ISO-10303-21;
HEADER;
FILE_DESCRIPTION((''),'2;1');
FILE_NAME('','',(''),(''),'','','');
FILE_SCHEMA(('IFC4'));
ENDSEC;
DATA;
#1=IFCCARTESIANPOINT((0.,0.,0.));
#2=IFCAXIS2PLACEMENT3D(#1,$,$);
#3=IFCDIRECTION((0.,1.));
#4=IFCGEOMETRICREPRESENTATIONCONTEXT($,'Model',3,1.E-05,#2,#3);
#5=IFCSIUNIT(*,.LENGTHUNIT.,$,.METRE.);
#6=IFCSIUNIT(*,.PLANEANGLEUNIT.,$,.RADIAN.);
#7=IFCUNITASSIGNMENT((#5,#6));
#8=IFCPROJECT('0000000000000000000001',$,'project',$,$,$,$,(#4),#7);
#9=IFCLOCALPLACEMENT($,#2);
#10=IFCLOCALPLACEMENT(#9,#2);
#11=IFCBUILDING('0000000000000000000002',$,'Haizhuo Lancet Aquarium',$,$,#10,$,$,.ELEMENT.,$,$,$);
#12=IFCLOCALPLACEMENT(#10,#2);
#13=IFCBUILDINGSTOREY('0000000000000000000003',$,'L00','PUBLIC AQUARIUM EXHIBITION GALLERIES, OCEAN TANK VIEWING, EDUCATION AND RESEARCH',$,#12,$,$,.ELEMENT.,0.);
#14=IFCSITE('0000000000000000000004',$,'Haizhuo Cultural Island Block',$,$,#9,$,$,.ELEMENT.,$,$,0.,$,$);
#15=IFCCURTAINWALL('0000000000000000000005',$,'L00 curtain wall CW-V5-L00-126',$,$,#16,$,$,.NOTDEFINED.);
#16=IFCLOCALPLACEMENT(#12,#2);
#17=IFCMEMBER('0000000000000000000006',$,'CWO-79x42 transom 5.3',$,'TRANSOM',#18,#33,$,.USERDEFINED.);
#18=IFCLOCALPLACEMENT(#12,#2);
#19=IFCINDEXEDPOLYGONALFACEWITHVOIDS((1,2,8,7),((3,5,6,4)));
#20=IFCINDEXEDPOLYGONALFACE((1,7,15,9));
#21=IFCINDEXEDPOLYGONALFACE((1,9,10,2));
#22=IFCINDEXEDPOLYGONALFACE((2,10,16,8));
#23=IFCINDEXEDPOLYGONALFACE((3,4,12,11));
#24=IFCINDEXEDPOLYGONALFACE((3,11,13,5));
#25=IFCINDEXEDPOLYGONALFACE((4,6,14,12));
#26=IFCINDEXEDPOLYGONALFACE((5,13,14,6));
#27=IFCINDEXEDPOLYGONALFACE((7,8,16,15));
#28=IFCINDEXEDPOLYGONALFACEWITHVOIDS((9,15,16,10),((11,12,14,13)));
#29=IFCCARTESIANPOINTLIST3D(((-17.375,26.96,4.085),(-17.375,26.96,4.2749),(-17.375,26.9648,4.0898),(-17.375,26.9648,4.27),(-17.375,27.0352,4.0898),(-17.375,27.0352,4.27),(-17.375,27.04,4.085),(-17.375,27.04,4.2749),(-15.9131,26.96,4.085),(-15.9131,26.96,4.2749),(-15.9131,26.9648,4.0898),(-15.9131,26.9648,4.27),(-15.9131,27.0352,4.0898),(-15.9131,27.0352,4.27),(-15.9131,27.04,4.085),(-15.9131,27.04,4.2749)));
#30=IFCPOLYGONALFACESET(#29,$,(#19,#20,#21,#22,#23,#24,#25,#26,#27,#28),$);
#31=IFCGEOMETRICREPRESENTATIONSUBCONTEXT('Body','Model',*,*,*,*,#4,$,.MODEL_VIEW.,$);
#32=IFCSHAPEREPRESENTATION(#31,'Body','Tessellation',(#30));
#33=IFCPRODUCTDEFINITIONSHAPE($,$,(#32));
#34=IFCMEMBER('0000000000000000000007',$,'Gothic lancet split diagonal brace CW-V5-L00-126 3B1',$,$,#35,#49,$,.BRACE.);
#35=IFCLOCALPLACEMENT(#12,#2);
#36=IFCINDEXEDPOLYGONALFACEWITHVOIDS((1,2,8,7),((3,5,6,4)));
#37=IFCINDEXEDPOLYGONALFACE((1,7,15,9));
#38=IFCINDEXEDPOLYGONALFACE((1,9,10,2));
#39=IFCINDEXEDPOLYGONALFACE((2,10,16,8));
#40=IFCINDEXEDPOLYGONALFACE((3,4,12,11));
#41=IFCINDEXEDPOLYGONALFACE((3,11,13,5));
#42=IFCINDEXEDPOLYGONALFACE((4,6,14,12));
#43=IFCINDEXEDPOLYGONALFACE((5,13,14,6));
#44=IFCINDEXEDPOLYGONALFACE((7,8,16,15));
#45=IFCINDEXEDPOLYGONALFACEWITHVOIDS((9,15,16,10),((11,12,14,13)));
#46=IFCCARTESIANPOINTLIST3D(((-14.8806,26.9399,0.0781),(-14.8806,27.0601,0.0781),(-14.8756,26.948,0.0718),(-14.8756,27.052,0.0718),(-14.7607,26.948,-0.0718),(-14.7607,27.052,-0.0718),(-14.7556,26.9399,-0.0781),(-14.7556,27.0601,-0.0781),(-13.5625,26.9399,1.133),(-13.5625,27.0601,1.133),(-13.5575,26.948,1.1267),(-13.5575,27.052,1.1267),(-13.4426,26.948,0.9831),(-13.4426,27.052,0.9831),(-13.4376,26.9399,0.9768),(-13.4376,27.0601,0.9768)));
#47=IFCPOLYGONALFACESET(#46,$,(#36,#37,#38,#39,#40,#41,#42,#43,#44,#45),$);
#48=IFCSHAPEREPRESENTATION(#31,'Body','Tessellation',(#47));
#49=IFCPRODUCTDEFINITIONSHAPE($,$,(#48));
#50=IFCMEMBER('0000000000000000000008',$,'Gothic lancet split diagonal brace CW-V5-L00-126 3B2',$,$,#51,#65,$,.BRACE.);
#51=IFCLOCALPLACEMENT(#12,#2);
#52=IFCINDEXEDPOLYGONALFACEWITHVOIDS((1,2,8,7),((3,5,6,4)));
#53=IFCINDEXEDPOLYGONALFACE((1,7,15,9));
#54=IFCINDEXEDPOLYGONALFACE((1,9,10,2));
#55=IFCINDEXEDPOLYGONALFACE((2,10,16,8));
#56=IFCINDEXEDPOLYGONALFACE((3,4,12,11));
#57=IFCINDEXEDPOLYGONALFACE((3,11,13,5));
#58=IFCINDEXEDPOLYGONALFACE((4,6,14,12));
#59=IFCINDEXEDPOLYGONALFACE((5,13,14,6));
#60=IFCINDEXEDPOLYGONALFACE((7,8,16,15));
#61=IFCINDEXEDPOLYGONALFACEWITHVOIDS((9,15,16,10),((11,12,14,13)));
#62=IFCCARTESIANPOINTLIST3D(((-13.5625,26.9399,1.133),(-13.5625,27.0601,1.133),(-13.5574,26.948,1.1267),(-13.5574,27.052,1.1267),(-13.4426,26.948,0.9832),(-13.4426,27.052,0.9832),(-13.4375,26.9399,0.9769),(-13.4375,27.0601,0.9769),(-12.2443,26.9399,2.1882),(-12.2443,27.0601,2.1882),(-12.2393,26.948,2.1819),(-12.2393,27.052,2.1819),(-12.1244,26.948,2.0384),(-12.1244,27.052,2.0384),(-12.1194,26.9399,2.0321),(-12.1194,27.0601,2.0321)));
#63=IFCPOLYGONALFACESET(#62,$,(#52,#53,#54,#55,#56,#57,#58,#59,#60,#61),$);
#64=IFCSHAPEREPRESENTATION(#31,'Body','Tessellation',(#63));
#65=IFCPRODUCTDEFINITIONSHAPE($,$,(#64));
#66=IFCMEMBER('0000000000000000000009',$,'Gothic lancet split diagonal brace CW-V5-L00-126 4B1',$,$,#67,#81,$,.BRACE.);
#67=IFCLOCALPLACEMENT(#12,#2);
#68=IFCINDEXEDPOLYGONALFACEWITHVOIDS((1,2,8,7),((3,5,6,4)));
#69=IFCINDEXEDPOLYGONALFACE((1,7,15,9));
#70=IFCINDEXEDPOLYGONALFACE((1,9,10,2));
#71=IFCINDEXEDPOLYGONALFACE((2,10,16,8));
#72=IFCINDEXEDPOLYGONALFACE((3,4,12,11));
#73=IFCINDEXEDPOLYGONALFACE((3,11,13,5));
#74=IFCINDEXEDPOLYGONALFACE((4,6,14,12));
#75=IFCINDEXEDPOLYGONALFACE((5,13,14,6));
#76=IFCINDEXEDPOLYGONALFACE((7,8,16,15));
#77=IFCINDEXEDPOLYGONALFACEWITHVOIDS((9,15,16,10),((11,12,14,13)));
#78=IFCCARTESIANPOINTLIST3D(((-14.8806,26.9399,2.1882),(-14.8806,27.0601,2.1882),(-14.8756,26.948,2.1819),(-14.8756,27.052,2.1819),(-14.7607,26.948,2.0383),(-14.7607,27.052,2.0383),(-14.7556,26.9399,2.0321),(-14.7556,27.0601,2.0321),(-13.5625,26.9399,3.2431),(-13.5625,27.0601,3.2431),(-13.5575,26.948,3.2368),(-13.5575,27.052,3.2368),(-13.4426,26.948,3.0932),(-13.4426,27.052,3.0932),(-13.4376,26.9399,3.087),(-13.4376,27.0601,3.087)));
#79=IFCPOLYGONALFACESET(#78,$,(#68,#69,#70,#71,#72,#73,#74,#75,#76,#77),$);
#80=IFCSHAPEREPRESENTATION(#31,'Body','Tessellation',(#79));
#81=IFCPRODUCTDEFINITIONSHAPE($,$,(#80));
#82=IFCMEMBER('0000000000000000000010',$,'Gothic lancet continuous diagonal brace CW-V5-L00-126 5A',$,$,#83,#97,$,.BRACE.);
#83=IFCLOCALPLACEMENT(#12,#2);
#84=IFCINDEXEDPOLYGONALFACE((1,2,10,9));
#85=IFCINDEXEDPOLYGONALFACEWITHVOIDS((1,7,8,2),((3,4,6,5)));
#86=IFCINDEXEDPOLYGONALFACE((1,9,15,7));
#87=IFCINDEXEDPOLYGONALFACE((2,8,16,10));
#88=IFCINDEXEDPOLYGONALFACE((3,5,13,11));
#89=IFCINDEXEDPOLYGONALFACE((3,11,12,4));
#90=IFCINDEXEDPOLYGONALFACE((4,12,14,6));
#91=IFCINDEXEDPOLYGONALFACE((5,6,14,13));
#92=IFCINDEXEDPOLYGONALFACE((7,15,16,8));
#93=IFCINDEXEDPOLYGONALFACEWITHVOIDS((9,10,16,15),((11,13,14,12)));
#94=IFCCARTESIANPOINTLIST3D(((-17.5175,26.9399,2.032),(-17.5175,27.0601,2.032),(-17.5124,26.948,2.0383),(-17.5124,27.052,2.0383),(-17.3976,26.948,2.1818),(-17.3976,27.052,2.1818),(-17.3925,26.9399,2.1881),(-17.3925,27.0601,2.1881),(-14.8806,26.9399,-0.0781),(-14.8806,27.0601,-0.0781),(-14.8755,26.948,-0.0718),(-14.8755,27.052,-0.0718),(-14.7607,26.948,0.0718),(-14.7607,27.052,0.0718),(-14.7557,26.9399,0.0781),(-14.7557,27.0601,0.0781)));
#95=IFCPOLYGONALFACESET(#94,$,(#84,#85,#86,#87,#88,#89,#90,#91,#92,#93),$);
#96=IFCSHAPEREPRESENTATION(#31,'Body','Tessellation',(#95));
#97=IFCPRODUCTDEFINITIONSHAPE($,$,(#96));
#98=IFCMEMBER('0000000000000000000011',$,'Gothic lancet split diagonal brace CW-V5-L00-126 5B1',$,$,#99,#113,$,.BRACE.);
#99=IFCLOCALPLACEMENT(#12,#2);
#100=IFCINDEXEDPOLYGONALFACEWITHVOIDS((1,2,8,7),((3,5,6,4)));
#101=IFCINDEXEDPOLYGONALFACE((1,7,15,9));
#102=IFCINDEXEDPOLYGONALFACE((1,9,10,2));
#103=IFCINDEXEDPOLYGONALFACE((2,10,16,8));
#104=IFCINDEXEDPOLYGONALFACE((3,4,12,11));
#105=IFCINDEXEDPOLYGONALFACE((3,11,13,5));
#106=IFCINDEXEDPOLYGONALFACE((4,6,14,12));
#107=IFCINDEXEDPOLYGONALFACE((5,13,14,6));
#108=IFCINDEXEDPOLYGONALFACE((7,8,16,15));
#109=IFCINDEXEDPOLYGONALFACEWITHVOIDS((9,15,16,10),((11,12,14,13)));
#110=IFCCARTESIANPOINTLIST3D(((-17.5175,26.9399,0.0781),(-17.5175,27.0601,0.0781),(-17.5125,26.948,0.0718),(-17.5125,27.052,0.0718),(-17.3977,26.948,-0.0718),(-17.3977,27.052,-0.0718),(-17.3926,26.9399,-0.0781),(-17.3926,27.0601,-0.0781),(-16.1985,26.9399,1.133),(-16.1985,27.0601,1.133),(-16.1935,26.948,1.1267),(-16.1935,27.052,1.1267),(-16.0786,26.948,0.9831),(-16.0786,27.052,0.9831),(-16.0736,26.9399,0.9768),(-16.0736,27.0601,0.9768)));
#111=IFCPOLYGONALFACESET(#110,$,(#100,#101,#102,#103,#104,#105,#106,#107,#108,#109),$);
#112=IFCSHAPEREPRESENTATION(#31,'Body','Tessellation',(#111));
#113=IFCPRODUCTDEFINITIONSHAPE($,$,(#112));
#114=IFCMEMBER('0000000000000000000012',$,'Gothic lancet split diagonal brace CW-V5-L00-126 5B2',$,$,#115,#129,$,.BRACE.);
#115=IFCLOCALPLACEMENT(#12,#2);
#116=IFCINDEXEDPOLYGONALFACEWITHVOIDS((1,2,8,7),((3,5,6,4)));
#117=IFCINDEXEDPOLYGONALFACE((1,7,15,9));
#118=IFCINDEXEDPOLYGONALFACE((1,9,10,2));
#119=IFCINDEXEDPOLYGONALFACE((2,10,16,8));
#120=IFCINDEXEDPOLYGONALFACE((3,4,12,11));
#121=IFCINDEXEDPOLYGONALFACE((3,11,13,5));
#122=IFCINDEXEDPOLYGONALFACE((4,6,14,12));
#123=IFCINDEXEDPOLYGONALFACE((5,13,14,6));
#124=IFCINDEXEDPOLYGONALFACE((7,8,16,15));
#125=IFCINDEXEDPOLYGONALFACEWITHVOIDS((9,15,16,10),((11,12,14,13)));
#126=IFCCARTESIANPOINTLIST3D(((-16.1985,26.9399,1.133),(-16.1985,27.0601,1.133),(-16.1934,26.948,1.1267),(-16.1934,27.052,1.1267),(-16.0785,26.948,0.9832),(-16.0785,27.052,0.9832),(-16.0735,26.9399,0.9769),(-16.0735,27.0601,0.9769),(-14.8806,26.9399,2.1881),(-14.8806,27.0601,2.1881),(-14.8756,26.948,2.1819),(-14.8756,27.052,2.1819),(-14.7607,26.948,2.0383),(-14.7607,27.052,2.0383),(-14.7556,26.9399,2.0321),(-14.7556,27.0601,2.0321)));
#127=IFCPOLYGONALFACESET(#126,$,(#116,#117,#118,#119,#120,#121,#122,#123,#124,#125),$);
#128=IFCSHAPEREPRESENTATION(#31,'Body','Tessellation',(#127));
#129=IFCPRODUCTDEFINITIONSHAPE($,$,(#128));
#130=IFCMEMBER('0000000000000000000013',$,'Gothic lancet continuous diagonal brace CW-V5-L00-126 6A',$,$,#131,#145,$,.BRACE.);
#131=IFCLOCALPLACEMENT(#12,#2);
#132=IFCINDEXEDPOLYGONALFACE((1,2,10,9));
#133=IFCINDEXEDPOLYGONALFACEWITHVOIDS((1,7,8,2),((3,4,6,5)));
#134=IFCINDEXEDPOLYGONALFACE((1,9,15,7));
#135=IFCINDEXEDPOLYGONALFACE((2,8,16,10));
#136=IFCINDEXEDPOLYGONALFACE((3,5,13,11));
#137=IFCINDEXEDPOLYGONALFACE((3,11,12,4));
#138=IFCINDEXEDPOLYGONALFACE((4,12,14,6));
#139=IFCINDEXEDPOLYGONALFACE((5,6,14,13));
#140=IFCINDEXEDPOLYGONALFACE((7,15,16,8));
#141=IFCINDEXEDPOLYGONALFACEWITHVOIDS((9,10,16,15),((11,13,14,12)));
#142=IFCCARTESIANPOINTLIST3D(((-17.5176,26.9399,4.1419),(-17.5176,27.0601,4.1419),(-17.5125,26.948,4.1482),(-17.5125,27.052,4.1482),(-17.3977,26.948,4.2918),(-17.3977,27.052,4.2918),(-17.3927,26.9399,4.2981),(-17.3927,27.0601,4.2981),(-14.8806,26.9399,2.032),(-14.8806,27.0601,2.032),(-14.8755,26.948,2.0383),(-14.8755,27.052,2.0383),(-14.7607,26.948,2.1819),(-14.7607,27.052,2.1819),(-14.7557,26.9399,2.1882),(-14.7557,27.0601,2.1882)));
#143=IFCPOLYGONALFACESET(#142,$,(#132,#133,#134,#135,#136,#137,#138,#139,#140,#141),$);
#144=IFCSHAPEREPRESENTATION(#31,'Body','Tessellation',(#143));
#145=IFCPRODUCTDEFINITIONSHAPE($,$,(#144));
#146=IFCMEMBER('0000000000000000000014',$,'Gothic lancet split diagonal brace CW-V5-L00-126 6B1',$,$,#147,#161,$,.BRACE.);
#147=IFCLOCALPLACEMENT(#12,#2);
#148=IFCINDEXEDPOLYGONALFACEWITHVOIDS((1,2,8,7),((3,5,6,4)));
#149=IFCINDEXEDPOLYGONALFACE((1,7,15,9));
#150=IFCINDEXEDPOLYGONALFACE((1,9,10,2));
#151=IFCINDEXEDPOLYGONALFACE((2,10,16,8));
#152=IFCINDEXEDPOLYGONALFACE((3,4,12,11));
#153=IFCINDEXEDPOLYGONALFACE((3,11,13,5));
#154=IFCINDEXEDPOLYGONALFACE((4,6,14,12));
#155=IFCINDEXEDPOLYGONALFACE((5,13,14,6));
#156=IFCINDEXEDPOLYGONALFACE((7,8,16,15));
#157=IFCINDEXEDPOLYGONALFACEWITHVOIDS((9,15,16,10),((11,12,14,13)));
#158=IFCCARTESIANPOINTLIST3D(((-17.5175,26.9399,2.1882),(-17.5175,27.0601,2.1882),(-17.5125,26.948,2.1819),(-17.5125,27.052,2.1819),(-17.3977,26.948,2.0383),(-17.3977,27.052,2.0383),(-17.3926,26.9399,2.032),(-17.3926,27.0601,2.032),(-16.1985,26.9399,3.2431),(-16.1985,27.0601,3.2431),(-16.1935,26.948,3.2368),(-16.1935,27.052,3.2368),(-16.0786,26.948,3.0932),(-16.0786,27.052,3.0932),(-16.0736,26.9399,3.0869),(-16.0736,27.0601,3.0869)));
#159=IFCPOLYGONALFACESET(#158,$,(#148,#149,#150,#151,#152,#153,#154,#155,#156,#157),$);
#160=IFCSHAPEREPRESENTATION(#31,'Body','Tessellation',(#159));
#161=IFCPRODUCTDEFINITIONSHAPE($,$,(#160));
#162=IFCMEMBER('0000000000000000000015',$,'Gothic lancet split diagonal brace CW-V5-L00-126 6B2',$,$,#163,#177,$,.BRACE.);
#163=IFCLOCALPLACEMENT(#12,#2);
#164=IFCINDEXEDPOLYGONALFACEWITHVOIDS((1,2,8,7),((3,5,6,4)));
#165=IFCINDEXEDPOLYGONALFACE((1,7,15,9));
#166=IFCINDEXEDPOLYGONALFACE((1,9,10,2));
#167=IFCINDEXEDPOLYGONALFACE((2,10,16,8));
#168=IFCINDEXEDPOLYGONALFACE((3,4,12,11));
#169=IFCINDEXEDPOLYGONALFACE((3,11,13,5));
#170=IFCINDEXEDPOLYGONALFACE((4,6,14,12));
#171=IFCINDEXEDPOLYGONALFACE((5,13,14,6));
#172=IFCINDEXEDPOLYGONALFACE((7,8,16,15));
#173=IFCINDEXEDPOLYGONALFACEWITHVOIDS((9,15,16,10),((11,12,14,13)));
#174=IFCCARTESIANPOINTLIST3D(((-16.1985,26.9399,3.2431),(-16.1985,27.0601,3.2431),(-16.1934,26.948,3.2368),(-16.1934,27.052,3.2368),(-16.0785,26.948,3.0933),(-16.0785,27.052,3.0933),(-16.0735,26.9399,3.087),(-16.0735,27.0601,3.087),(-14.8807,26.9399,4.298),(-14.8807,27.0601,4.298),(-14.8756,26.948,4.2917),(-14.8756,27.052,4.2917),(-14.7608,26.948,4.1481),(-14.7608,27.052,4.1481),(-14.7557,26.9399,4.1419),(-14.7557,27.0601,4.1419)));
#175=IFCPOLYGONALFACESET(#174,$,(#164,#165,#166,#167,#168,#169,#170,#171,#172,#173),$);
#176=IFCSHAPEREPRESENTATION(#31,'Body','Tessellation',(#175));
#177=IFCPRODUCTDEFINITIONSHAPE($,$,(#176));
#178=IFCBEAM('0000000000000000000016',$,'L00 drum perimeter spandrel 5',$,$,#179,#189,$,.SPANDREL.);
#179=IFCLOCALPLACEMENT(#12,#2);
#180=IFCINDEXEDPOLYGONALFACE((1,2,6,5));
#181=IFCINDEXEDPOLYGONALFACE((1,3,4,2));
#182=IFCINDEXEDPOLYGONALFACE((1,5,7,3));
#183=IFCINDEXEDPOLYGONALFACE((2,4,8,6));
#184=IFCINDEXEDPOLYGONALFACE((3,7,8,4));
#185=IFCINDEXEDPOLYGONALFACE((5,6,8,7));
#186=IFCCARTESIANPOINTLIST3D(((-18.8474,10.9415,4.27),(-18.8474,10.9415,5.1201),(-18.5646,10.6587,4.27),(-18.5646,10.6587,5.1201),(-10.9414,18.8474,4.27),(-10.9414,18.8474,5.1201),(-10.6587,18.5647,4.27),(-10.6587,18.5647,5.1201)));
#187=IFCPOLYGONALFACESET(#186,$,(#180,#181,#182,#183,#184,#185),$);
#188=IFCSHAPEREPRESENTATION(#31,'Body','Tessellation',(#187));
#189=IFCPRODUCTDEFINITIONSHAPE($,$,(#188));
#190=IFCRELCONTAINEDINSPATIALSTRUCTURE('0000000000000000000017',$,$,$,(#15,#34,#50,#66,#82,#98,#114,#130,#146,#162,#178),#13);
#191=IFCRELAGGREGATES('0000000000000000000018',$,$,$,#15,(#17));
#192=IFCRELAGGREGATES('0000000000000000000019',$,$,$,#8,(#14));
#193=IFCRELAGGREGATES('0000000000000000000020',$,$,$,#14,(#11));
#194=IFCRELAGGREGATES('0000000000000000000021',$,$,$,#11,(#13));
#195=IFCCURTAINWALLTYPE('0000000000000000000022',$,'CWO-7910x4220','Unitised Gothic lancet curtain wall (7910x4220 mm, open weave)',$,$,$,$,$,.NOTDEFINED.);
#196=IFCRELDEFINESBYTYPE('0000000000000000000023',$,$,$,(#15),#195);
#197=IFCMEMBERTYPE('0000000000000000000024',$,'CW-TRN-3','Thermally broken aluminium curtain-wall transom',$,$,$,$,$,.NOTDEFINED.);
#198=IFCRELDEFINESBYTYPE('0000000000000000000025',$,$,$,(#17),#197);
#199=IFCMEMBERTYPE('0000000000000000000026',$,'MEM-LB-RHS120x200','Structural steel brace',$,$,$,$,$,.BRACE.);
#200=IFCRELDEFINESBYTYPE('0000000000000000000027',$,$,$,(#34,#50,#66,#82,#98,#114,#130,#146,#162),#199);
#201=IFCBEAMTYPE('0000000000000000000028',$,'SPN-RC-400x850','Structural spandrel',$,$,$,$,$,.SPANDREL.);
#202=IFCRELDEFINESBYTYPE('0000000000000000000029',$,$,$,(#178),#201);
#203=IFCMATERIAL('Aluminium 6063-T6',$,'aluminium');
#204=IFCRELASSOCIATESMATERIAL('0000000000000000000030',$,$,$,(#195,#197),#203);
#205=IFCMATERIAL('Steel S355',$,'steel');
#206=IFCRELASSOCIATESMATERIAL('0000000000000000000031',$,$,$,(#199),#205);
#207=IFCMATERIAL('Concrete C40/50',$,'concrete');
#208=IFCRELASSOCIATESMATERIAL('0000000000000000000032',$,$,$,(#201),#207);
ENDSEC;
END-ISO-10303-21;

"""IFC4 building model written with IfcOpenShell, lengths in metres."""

from ifc_helpers import new_model, si_unit, direction, frame, origin, origin_2d, place, context, subcontext, project, spatial, rectangle, hollow_rectangle, extrude, material, material_profile, profile_set, type_object, element, aggregate, save


model = new_model("IFC4")

# Units and contexts
model_context = context("Model", 3, precision=1e-05, world=origin(), true_north=direction((0.0, 1.0)))
body_context = subcontext(model_context, "Body", "Model", "MODEL_VIEW")
ifc_project = project(units=[si_unit("LENGTHUNIT", "METRE"), si_unit("PLANEANGLEUNIT", "RADIAN")], contexts=[model_context])

# Site, building, storey
site_placement = place(None, origin())
site = spatial("IfcSite", under=ifc_project, at=site_placement, Name="Haizhuo Cultural Island Block", CompositionType="ELEMENT", RefElevation=0.0)
building_placement = place(site_placement, origin())
building = spatial("IfcBuilding", under=site, at=building_placement, Name="Haizhuo Lancet Aquarium", CompositionType="ELEMENT")
storey_placement = place(building_placement, origin())
storey = spatial("IfcBuildingStorey", under=building, at=storey_placement, Name="L00", Description="PUBLIC AQUARIUM EXHIBITION GALLERIES, OCEAN TANK VIEWING, EDUCATION AND RESEARCH", CompositionType="ELEMENT", Elevation=0.0)

# Shared definitions
ifc_material_1 = material(Name="Concrete C40/50", Category="concrete")

# Curtain wall, member
ifc_material_2 = material(Name="Aluminium 6063-T6", Category="aluminium")
curtain_wall_type = type_object("IfcCurtainWallType", Name="CWO-7910x4220", Description="Unitised Gothic lancet curtain wall (7910x4220 mm, open weave)", PredefinedType="NOTDEFINED", material=ifc_material_2)
curtain_wall_placement = place(storey_placement, origin())
curtain_wall = element("IfcCurtainWall", 1, at=curtain_wall_placement, inside=storey, type_object=curtain_wall_type, Name="L00 curtain wall CW-V5-L00-126", PredefinedType="NOTDEFINED")
ifc_material_profile_1 = material_profile(ifc_material_2, hollow_rectangle(XDim=0.0801, YDim=0.1899, WallThickness=0.0049, at=origin_2d()), Name="ALU-T 80x190x5")
ifc_profile_set_1 = profile_set([ifc_material_profile_1], Name="Aluminium 6063-T6")
member_type_1 = type_object("IfcMemberType", Name="CW-TRN-3", Description="Thermally broken aluminium curtain-wall transom", PredefinedType="NOTDEFINED", material=ifc_profile_set_1)
member_1_placement = place(storey_placement, frame((-15.9131, 27.0, 4.1799), z_axis=(-1.0, 0.0, 0.0), x_axis=(0.0, -1.0, 0.0)))
member_1 = element("IfcMember", 2, at=member_1_placement, type_object=member_type_1, Name="CWO-79x42 transom 5.3", ObjectType="TRANSOM", PredefinedType="USERDEFINED", context=body_context, shape_type="SweptSolid", body=[
    extrude(hollow_rectangle(XDim=0.0801, YDim=0.1899, WallThickness=0.0049, at=origin_2d()), origin(), (0.0, 0.0, 1.0), 1.4619),
])

# Members
ifc_material_3 = material(Name="Steel S355", Category="steel")
ifc_material_profile_2 = material_profile(ifc_material_3, hollow_rectangle(XDim=0.1201, YDim=0.2, WallThickness=0.0081, at=origin_2d()), Name="RHS 120x200x8")
ifc_profile_set_2 = profile_set([ifc_material_profile_2], Name="Steel S355")
member_type_2 = type_object("IfcMemberType", Name="MEM-LB-RHS120x200", Description="Structural steel brace", PredefinedType="BRACE", material=ifc_profile_set_2)
member_2_placement = place(storey_placement, frame((-14.8181, 27.0, 0.0), z_axis=(0.780742, 0.0, 0.624854), x_axis=(0.0, 1.0, 0.0)))
element("IfcMember", 3, at=member_2_placement, inside=storey, type_object=member_type_2, Name="Gothic lancet split diagonal brace CW-V5-L00-126 3B1", PredefinedType="BRACE", context=body_context, shape_type="SweptSolid", body=[
    extrude(hollow_rectangle(XDim=0.1201, YDim=0.2, WallThickness=0.0081, at=origin_2d()), origin(), (0.0, 0.0, 1.0), 1.6882),
])
member_3_placement = place(storey_placement, frame((-13.5, 27.0, 1.0549), z_axis=(0.780671, 0.0, 0.624942), x_axis=(0.0, 1.0, 0.0)))
element("IfcMember", 4, at=member_3_placement, inside=storey, type_object=member_type_2, Name="Gothic lancet split diagonal brace CW-V5-L00-126 3B2", PredefinedType="BRACE", context=body_context, shape_type="SweptSolid", body=[
    extrude(hollow_rectangle(XDim=0.1201, YDim=0.2, WallThickness=0.0081, at=origin_2d()), origin(), (0.0, 0.0, 1.0), 1.6885),
])
member_4_placement = place(storey_placement, frame((-14.8181, 27.0, 2.1101), z_axis=(0.780742, 0.0, 0.624854), x_axis=(0.0, 1.0, 0.0)))
element("IfcMember", 5, at=member_4_placement, inside=storey, type_object=member_type_2, Name="Gothic lancet split diagonal brace CW-V5-L00-126 4B1", PredefinedType="BRACE", context=body_context, shape_type="SweptSolid", body=[
    extrude(hollow_rectangle(XDim=0.1201, YDim=0.2, WallThickness=0.0081, at=origin_2d()), origin(), (0.0, 0.0, 1.0), 1.6882),
])
member_5_placement = place(storey_placement, frame((-14.8181, 27.0, 0.0), z_axis=(-0.780791, 0.0, 0.624792), x_axis=(0.0, -1.0, 0.0)))
element("IfcMember", 6, at=member_5_placement, inside=storey, type_object=member_type_2, Name="Gothic lancet continuous diagonal brace CW-V5-L00-126 5A", PredefinedType="BRACE", context=body_context, shape_type="SweptSolid", body=[
    extrude(hollow_rectangle(XDim=0.1201, YDim=0.2, WallThickness=0.0081, at=origin_2d()), origin(), (0.0, 0.0, 1.0), 3.3772),
])
member_6_placement = place(storey_placement, frame((-17.4551, 27.0, 0.0), z_axis=(0.780968, 0.0, 0.624572), x_axis=(0.0, 1.0, 0.0)))
element("IfcMember", 7, at=member_6_placement, inside=storey, type_object=member_type_2, Name="Gothic lancet split diagonal brace CW-V5-L00-126 5B1", PredefinedType="BRACE", context=body_context, shape_type="SweptSolid", body=[
    extrude(hollow_rectangle(XDim=0.1201, YDim=0.2, WallThickness=0.0081, at=origin_2d()), origin(), (0.0, 0.0, 1.0), 1.689),
])
member_7_placement = place(storey_placement, frame((-16.136, 27.0, 1.0549), z_axis=(0.780615, 0.0, 0.625012), x_axis=(0.0, 1.0, 0.0)))
element("IfcMember", 8, at=member_7_placement, inside=storey, type_object=member_type_2, Name="Gothic lancet split diagonal brace CW-V5-L00-126 5B2", PredefinedType="BRACE", context=body_context, shape_type="SweptSolid", body=[
    extrude(hollow_rectangle(XDim=0.1201, YDim=0.2, WallThickness=0.0081, at=origin_2d()), origin(), (0.0, 0.0, 1.0), 1.6882),
])
member_8_placement = place(storey_placement, frame((-14.8181, 27.0, 2.1101), z_axis=(-0.780826, 0.0, 0.624748), x_axis=(0.0, -1.0, 0.0)))
element("IfcMember", 9, at=member_8_placement, inside=storey, type_object=member_type_2, Name="Gothic lancet continuous diagonal brace CW-V5-L00-126 6A", PredefinedType="BRACE", context=body_context, shape_type="SweptSolid", body=[
    extrude(hollow_rectangle(XDim=0.1201, YDim=0.2, WallThickness=0.0081, at=origin_2d()), origin(), (0.0, 0.0, 1.0), 3.3772),
])
member_9_placement = place(storey_placement, frame((-17.4551, 27.0, 2.1101), z_axis=(0.780968, 0.0, 0.624572), x_axis=(0.0, 1.0, 0.0)))
element("IfcMember", 10, at=member_9_placement, inside=storey, type_object=member_type_2, Name="Gothic lancet split diagonal brace CW-V5-L00-126 6B1", PredefinedType="BRACE", context=body_context, shape_type="SweptSolid", body=[
    extrude(hollow_rectangle(XDim=0.1201, YDim=0.2, WallThickness=0.0081, at=origin_2d()), origin(), (0.0, 0.0, 1.0), 1.689),
])
member_10_placement = place(storey_placement, frame((-16.136, 27.0, 3.165), z_axis=(0.780685, 0.0, 0.624924), x_axis=(0.0, 1.0, 0.0)))
element("IfcMember", 11, at=member_10_placement, inside=storey, type_object=member_type_2, Name="Gothic lancet split diagonal brace CW-V5-L00-126 6B2", PredefinedType="BRACE", context=body_context, shape_type="SweptSolid", body=[
    extrude(hollow_rectangle(XDim=0.1201, YDim=0.2, WallThickness=0.0081, at=origin_2d()), origin(), (0.0, 0.0, 1.0), 1.688),
])

# Beam
ifc_material_profile_3 = material_profile(ifc_material_1, rectangle(XDim=0.3999, YDim=0.8501, at=origin_2d()), Name="RC-SP 400x850")
ifc_profile_set_3 = profile_set([ifc_material_profile_3], Name="Concrete C40/50")
beam_type_1 = type_object("IfcBeamType", Name="SPN-RC-400x850", Description="Structural spandrel", PredefinedType="SPANDREL", material=ifc_profile_set_3)
beam_1_placement = place(storey_placement, frame((-10.8, 18.7061, 4.6951), z_axis=(-0.707107, -0.707107, 0.0), x_axis=(0.707107, -0.707107, 0.0)))
element("IfcBeam", 12, at=beam_1_placement, inside=storey, type_object=beam_type_1, Name="L00 drum perimeter spandrel 5", PredefinedType="SPANDREL", context=body_context, shape_type="SweptSolid", body=[
    extrude(rectangle(XDim=0.3999, YDim=0.8501, at=origin_2d()), origin(), (0.0, 0.0, 1.0), 11.1807),
])

aggregate(curtain_wall, [member_1])

save(model, "model.ifc")
